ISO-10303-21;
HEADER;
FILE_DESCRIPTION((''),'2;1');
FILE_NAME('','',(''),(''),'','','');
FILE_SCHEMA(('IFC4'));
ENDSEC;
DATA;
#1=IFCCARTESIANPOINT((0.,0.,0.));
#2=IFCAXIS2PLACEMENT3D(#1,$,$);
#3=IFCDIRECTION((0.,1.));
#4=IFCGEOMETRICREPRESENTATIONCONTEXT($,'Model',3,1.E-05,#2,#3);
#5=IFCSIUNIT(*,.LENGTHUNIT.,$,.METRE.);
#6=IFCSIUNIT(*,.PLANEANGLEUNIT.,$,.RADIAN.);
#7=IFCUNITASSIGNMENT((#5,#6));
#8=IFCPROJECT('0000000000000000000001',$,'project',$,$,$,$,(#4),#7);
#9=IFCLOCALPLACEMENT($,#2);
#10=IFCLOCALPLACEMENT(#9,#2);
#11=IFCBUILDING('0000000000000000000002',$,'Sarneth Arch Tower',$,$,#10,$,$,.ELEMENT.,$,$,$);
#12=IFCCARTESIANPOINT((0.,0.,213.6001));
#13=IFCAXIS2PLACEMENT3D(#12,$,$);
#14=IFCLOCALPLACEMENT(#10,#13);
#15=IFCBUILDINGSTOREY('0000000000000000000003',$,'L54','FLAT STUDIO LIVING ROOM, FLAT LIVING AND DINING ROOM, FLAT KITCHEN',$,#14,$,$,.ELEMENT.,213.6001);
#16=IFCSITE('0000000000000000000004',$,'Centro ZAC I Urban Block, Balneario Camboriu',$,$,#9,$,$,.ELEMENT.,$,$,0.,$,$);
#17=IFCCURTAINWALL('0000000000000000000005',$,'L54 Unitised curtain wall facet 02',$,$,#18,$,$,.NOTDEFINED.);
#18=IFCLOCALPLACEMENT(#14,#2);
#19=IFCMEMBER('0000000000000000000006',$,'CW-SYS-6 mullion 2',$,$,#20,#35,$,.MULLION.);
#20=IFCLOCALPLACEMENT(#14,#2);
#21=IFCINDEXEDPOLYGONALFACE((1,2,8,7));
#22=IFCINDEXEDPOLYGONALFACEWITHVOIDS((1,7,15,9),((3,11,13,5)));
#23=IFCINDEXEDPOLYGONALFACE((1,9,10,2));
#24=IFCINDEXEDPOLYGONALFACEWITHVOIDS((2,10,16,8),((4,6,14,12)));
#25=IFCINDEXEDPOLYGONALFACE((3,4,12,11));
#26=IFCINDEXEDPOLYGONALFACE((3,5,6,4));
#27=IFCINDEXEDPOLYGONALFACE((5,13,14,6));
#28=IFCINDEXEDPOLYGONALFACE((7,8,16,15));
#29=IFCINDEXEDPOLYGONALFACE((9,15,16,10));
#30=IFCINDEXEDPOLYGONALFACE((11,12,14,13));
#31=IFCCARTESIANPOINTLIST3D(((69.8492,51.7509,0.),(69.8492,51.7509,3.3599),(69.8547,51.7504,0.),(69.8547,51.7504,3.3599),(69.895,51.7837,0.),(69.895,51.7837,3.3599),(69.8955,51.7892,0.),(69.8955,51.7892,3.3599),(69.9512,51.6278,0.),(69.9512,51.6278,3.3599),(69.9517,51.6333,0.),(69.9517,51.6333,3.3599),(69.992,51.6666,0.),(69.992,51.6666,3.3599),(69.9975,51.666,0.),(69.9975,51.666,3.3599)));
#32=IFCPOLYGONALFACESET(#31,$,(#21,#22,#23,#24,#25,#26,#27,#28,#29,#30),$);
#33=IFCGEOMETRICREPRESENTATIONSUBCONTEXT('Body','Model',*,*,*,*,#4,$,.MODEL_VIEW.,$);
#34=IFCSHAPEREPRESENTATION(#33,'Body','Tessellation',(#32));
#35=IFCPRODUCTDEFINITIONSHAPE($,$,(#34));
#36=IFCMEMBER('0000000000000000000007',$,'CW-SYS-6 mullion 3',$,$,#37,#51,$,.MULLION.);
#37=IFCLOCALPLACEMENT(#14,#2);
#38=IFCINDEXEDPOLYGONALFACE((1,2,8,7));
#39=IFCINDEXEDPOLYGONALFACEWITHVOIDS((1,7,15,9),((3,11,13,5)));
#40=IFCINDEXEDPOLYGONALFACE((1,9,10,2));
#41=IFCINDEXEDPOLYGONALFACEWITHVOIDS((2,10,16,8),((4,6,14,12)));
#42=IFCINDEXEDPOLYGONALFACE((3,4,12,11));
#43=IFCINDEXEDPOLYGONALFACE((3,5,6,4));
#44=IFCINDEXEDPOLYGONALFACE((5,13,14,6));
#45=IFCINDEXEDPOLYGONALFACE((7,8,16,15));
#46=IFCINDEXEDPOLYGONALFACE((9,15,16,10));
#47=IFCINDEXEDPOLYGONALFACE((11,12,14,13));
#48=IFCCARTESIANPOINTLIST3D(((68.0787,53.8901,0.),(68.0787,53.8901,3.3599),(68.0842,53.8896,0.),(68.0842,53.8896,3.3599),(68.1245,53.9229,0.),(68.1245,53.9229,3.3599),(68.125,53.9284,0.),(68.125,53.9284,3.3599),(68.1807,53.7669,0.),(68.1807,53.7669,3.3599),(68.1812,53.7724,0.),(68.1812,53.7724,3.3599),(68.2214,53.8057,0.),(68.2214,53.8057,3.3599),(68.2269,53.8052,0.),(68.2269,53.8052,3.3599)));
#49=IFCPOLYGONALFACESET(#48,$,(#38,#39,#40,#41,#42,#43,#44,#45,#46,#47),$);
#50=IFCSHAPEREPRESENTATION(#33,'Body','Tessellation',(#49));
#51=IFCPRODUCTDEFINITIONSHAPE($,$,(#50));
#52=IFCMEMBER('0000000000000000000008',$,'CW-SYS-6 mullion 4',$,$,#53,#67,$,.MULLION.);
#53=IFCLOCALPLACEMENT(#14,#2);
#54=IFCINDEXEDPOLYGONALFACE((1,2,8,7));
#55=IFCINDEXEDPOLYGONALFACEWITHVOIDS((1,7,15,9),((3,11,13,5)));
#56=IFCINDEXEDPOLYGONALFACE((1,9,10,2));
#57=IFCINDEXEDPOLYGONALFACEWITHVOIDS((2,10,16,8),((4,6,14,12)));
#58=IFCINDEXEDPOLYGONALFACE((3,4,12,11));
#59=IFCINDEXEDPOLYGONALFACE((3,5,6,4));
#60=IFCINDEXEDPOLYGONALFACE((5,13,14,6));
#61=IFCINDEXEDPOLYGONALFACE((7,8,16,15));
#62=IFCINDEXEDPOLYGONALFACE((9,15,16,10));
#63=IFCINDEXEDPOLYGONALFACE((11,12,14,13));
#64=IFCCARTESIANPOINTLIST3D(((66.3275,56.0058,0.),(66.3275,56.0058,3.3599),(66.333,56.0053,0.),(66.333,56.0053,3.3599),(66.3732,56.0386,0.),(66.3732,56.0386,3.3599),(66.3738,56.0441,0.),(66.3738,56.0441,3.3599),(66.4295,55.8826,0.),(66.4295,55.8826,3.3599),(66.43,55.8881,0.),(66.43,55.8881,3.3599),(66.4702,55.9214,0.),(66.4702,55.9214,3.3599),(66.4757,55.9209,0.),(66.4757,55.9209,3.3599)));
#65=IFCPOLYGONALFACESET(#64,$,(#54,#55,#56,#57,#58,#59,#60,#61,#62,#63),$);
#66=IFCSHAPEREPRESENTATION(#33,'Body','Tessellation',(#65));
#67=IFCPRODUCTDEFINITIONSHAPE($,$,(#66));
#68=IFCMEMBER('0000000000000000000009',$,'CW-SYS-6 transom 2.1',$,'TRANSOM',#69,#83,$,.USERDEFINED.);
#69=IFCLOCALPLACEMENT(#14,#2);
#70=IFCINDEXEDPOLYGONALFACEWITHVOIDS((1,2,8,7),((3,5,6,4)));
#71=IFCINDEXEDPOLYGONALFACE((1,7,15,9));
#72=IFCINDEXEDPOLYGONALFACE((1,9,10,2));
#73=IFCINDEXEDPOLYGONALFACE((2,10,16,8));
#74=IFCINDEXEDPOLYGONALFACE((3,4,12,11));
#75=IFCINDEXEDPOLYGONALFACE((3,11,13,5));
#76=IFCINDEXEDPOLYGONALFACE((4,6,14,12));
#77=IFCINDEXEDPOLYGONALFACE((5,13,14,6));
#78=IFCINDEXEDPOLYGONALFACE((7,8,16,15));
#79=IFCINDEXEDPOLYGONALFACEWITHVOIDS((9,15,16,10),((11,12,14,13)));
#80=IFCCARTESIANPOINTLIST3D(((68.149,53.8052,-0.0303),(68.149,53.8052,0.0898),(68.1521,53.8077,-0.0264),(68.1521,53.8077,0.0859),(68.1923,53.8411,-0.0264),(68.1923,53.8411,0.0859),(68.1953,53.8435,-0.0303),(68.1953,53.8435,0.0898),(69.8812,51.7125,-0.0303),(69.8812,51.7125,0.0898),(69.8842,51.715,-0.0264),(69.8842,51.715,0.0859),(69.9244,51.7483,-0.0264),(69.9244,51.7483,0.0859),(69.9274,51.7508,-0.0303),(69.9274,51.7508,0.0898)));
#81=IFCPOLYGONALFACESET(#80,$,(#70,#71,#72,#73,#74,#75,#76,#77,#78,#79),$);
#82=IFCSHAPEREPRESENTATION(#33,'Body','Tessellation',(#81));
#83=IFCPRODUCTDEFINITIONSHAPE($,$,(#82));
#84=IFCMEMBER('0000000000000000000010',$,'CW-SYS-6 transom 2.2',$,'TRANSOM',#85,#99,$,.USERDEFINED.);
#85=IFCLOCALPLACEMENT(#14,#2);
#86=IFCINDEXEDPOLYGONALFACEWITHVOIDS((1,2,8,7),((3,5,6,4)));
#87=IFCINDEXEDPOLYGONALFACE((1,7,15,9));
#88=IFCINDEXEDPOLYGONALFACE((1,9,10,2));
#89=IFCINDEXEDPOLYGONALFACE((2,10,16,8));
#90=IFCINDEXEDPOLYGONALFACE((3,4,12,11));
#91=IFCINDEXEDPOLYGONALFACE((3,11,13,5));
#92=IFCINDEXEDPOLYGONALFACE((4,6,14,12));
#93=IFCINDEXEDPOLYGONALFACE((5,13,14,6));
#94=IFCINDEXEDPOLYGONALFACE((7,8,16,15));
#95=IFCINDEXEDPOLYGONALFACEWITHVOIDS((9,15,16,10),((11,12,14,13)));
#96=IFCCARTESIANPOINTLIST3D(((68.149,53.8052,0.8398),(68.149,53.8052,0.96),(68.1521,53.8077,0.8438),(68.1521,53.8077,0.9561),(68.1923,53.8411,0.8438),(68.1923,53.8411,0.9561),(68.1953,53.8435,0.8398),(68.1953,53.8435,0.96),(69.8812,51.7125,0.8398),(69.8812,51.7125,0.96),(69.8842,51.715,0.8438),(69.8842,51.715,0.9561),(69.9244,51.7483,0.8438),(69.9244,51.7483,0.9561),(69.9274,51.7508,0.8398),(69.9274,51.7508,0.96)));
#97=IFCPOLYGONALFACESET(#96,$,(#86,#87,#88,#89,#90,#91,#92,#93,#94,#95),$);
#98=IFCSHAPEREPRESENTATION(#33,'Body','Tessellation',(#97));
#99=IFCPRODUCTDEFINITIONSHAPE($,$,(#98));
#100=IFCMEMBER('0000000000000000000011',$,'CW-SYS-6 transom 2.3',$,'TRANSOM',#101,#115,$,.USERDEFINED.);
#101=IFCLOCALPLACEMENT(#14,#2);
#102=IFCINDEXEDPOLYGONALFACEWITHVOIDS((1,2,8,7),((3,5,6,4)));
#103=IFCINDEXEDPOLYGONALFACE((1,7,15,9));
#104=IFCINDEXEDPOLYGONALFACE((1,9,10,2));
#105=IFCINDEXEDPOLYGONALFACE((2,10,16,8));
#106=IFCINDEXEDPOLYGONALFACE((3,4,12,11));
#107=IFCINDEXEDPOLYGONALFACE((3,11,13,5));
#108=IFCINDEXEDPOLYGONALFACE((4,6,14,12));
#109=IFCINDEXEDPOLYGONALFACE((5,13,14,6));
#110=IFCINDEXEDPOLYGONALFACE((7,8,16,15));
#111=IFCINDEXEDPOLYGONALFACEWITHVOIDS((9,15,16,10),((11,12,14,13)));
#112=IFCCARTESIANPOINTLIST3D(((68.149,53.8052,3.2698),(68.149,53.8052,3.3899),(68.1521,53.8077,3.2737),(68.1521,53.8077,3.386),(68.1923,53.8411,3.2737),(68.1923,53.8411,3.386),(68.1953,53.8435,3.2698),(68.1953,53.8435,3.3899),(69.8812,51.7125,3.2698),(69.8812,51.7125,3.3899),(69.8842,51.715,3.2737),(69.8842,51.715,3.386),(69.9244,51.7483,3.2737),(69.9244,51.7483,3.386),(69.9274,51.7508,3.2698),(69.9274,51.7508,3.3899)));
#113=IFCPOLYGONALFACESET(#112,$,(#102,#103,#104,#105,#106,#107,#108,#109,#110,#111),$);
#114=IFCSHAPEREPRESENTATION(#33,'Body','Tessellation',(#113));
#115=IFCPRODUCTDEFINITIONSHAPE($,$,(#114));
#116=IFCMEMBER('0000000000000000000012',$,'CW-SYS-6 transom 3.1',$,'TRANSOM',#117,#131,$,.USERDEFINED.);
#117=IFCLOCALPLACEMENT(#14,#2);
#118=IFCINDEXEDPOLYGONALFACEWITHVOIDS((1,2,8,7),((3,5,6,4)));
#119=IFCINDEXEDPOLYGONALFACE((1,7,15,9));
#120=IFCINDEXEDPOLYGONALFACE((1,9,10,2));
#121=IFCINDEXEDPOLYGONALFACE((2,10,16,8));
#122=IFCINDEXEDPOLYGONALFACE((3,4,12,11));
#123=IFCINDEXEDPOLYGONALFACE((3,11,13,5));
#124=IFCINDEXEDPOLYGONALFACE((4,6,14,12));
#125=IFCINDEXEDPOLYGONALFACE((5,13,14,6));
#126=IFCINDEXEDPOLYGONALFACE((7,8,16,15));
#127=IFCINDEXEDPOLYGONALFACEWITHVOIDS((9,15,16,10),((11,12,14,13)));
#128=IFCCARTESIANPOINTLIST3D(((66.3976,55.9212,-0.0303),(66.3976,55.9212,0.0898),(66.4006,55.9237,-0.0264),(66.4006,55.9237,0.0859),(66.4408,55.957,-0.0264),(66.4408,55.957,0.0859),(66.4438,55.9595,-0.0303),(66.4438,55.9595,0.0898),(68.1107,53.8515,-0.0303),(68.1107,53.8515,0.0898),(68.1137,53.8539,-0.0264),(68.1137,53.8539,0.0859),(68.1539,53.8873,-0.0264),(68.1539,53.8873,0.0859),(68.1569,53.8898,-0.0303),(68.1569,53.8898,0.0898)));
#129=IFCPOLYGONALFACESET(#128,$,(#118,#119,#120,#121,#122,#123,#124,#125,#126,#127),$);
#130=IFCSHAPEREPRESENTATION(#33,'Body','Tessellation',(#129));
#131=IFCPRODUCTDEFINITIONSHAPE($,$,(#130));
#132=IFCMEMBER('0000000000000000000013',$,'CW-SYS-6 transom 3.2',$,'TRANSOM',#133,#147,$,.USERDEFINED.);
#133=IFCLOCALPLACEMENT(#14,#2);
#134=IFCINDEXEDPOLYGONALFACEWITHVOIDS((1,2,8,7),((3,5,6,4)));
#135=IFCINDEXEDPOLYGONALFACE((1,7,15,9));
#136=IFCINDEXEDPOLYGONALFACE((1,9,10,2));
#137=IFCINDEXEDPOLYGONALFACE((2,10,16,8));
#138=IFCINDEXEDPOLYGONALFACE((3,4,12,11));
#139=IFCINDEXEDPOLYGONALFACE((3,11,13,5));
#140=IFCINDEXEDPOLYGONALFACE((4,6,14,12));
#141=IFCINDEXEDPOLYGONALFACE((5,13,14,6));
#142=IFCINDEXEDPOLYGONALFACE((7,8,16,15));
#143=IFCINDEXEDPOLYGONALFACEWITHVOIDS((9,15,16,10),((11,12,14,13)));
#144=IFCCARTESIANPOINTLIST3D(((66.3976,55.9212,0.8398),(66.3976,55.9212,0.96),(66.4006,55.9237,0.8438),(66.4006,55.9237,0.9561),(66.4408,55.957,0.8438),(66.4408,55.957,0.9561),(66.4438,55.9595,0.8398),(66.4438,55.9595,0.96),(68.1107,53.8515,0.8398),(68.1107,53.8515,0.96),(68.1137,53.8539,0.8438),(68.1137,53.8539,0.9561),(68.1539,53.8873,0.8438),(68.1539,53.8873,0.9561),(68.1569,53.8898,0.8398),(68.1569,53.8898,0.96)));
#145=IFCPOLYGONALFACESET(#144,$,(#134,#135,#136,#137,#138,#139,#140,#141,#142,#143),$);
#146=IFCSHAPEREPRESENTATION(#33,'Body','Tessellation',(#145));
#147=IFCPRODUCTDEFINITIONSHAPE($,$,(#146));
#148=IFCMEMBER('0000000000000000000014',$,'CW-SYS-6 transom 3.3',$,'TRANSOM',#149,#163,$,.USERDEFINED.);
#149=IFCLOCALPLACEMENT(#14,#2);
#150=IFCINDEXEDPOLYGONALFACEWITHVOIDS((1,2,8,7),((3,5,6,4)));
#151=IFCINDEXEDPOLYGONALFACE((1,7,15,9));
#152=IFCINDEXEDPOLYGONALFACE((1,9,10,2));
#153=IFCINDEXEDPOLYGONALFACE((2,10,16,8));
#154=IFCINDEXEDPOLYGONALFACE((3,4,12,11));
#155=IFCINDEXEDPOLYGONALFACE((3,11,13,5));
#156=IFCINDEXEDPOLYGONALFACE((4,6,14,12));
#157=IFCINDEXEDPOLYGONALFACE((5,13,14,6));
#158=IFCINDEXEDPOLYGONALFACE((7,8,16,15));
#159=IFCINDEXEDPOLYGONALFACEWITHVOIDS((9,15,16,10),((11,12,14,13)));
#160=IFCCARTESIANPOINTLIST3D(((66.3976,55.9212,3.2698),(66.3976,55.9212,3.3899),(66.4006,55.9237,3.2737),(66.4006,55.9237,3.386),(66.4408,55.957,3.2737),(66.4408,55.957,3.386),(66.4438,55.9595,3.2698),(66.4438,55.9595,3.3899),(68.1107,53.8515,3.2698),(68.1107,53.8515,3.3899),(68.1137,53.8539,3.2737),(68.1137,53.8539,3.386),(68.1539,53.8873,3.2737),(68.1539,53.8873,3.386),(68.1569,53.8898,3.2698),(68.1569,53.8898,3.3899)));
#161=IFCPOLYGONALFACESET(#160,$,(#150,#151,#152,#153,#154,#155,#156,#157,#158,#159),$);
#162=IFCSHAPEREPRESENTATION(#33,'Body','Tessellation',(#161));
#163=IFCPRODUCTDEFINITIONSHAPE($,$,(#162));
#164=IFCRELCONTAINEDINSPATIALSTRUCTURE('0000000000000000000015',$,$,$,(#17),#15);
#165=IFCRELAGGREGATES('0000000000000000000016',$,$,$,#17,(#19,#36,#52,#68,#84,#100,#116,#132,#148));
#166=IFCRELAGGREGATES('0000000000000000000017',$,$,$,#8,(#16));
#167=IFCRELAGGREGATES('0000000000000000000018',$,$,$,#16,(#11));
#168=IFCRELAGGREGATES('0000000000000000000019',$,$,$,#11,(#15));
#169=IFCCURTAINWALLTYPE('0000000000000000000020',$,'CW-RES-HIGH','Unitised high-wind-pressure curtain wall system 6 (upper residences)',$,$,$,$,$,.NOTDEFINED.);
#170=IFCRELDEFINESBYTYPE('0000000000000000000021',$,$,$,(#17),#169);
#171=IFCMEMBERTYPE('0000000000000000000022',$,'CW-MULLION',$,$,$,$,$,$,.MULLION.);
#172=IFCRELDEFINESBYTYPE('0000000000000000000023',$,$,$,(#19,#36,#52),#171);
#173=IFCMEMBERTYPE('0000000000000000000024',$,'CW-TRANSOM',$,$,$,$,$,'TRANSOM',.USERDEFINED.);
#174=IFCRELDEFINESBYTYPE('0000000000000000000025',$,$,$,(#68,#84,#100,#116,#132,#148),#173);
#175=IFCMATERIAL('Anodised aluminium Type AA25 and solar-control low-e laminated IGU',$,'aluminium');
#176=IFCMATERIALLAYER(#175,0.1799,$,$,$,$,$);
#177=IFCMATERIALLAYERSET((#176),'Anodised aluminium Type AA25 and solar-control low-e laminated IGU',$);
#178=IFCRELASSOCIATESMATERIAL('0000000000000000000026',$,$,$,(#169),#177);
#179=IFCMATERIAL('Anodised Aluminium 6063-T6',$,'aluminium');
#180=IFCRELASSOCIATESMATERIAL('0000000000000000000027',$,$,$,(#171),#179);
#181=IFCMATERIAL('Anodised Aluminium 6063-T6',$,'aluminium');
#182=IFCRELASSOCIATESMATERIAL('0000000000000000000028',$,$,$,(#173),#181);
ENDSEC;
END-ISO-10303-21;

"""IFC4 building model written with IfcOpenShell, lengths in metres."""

from ifc_helpers import new_model, si_unit, direction, frame, origin, origin_2d, place, context, subcontext, project, spatial, hollow_rectangle, extrude, material, layer, layer_set, material_profile, profile_set, type_object, element, aggregate, save


model = new_model("IFC4")

# Units and contexts
model_context = context("Model", 3, precision=1e-05, world=origin(), true_north=direction((0.0, 1.0)))
body_context = subcontext(model_context, "Body", "Model", "MODEL_VIEW")
ifc_project = project(units=[si_unit("LENGTHUNIT", "METRE"), si_unit("PLANEANGLEUNIT", "RADIAN")], contexts=[model_context])

# Site, building, storey
site_placement = place(None, origin())
site = spatial("IfcSite", under=ifc_project, at=site_placement, Name="Centro ZAC I Urban Block, Balneario Camboriu", CompositionType="ELEMENT", RefElevation=0.0)
building_placement = place(site_placement, origin())
building = spatial("IfcBuilding", under=site, at=building_placement, Name="Sarneth Arch Tower", CompositionType="ELEMENT")
storey_placement = place(building_placement, frame((0.0, 0.0, 213.6001)))
storey = spatial("IfcBuildingStorey", under=building, at=storey_placement, Name="L54", Description="FLAT STUDIO LIVING ROOM, FLAT LIVING AND DINING ROOM, FLAT KITCHEN", CompositionType="ELEMENT", Elevation=213.6001)

# Curtain wall, members
ifc_material_1 = material(Name="Anodised aluminium Type AA25 and solar-control low-e laminated IGU", Category="aluminium")
ifc_layer_1 = layer(ifc_material_1, 0.1799)
ifc_layer_set_1 = layer_set([ifc_layer_1], Name="Anodised aluminium Type AA25 and solar-control low-e laminated IGU")
curtain_wall_type = type_object("IfcCurtainWallType", Name="CW-RES-HIGH", Description="Unitised high-wind-pressure curtain wall system 6 (upper residences)", PredefinedType="NOTDEFINED", material=ifc_layer_set_1)
curtain_wall_placement = place(storey_placement, origin())
curtain_wall = element("IfcCurtainWall", 1, at=curtain_wall_placement, inside=storey, type_object=curtain_wall_type, Name="L54 Unitised curtain wall facet 02", PredefinedType="NOTDEFINED")
ifc_material_2 = material(Name="Anodised Aluminium 6063-T6", Category="aluminium")
ifc_material_profile_1 = material_profile(ifc_material_2, hollow_rectangle(XDim=0.0601, YDim=0.1599, WallThickness=0.0039, at=origin_2d()), Name="AL-MULL-160x60x4")
ifc_profile_set_1 = profile_set([ifc_material_profile_1], Name="Anodised Aluminium 6063-T6")
member_type_1 = type_object("IfcMemberType", Name="CW-MULLION", PredefinedType="MULLION", material=ifc_profile_set_1)
member_1_placement = place(storey_placement, frame((69.9233, 51.7085, 0.0), z_axis=(0.0, 0.0, 1.0), x_axis=(-0.770359, -0.63761, 0.0)))
member_1 = element("IfcMember", 2, at=member_1_placement, type_object=member_type_1, Name="CW-SYS-6 mullion 2", PredefinedType="MULLION", context=body_context, shape_type="SweptSolid", body=[
    extrude(hollow_rectangle(XDim=0.0601, YDim=0.1599, WallThickness=0.0039, at=origin_2d()), origin(), (0.0, 0.0, 1.0), 3.3599),
])
member_2_placement = place(storey_placement, frame((68.1528, 53.8477, 0.0), z_axis=(0.0, 0.0, 1.0), x_axis=(-0.770359, -0.63761, 0.0)))
member_2 = element("IfcMember", 3, at=member_2_placement, type_object=member_type_1, Name="CW-SYS-6 mullion 3", PredefinedType="MULLION", context=body_context, shape_type="SweptSolid", body=[
    extrude(hollow_rectangle(XDim=0.0601, YDim=0.1599, WallThickness=0.0039, at=origin_2d()), origin(), (0.0, 0.0, 1.0), 3.3599),
])
member_3_placement = place(storey_placement, frame((66.4016, 55.9634, 0.0), z_axis=(0.0, 0.0, 1.0), x_axis=(-0.770359, -0.63761, 0.0)))
member_3 = element("IfcMember", 4, at=member_3_placement, type_object=member_type_1, Name="CW-SYS-6 mullion 4", PredefinedType="MULLION", context=body_context, shape_type="SweptSolid", body=[
    extrude(hollow_rectangle(XDim=0.0601, YDim=0.1599, WallThickness=0.0039, at=origin_2d()), origin(), (0.0, 0.0, 1.0), 3.3599),
])
ifc_material_3 = material(Name="Anodised Aluminium 6063-T6", Category="aluminium")
ifc_material_profile_2 = material_profile(ifc_material_3, hollow_rectangle(XDim=0.0601, YDim=0.1201, WallThickness=0.0039, at=origin_2d()), Name="AL-TRAN-120x60x4")
ifc_profile_set_2 = profile_set([ifc_material_profile_2], Name="Anodised Aluminium 6063-T6")
member_type_2 = type_object("IfcMemberType", Name="CW-TRANSOM", ElementType="TRANSOM", PredefinedType="USERDEFINED", material=ifc_profile_set_2)
member_4_placement = place(storey_placement, frame((69.9043, 51.7317, 0.0298), z_axis=(-0.637617, 0.770353, 0.0), x_axis=(-0.770353, -0.637617, 0.0)))
member_4 = element("IfcMember", 5, at=member_4_placement, type_object=member_type_2, Name="CW-SYS-6 transom 2.1", ObjectType="TRANSOM", PredefinedType="USERDEFINED", context=body_context, shape_type="SweptSolid", body=[
    extrude(hollow_rectangle(XDim=0.0601, YDim=0.1201, WallThickness=0.0039, at=origin_2d()), origin(), (0.0, 0.0, 1.0), 2.7166),
])
member_5_placement = place(storey_placement, frame((69.9043, 51.7317, 0.8999), z_axis=(-0.637617, 0.770353, 0.0), x_axis=(-0.770353, -0.637617, 0.0)))
member_5 = element("IfcMember", 6, at=member_5_placement, type_object=member_type_2, Name="CW-SYS-6 transom 2.2", ObjectType="TRANSOM", PredefinedType="USERDEFINED", context=body_context, shape_type="SweptSolid", body=[
    extrude(hollow_rectangle(XDim=0.0601, YDim=0.1201, WallThickness=0.0039, at=origin_2d()), origin(), (0.0, 0.0, 1.0), 2.7166),
])
member_6_placement = place(storey_placement, frame((69.9043, 51.7317, 3.3298), z_axis=(-0.637617, 0.770353, 0.0), x_axis=(-0.770353, -0.637617, 0.0)))
member_6 = element("IfcMember", 7, at=member_6_placement, type_object=member_type_2, Name="CW-SYS-6 transom 2.3", ObjectType="TRANSOM", PredefinedType="USERDEFINED", context=body_context, shape_type="SweptSolid", body=[
    extrude(hollow_rectangle(XDim=0.0601, YDim=0.1201, WallThickness=0.0039, at=origin_2d()), origin(), (0.0, 0.0, 1.0), 2.7166),
])
member_7_placement = place(storey_placement, frame((68.1338, 53.8706, 0.0298), z_axis=(-0.637607, 0.770362, 0.0), x_axis=(-0.770362, -0.637607, 0.0)))
member_7 = element("IfcMember", 8, at=member_7_placement, type_object=member_type_2, Name="CW-SYS-6 transom 3.1", ObjectType="TRANSOM", PredefinedType="USERDEFINED", context=body_context, shape_type="SweptSolid", body=[
    extrude(hollow_rectangle(XDim=0.0601, YDim=0.1201, WallThickness=0.0039, at=origin_2d()), origin(), (0.0, 0.0, 1.0), 2.6868),
])
member_8_placement = place(storey_placement, frame((68.1338, 53.8706, 0.8999), z_axis=(-0.637607, 0.770362, 0.0), x_axis=(-0.770362, -0.637607, 0.0)))
member_8 = element("IfcMember", 9, at=member_8_placement, type_object=member_type_2, Name="CW-SYS-6 transom 3.2", ObjectType="TRANSOM", PredefinedType="USERDEFINED", context=body_context, shape_type="SweptSolid", body=[
    extrude(hollow_rectangle(XDim=0.0601, YDim=0.1201, WallThickness=0.0039, at=origin_2d()), origin(), (0.0, 0.0, 1.0), 2.6868),
])
member_9_placement = place(storey_placement, frame((68.1338, 53.8706, 3.3298), z_axis=(-0.637607, 0.770362, 0.0), x_axis=(-0.770362, -0.637607, 0.0)))
member_9 = element("IfcMember", 10, at=member_9_placement, type_object=member_type_2, Name="CW-SYS-6 transom 3.3", ObjectType="TRANSOM", PredefinedType="USERDEFINED", context=body_context, shape_type="SweptSolid", body=[
    extrude(hollow_rectangle(XDim=0.0601, YDim=0.1201, WallThickness=0.0039, at=origin_2d()), origin(), (0.0, 0.0, 1.0), 2.6868),
])

aggregate(curtain_wall, [member_1, member_2, member_3, member_4, member_5, member_6, member_7, member_8, member_9])

save(model, "model.ifc")
